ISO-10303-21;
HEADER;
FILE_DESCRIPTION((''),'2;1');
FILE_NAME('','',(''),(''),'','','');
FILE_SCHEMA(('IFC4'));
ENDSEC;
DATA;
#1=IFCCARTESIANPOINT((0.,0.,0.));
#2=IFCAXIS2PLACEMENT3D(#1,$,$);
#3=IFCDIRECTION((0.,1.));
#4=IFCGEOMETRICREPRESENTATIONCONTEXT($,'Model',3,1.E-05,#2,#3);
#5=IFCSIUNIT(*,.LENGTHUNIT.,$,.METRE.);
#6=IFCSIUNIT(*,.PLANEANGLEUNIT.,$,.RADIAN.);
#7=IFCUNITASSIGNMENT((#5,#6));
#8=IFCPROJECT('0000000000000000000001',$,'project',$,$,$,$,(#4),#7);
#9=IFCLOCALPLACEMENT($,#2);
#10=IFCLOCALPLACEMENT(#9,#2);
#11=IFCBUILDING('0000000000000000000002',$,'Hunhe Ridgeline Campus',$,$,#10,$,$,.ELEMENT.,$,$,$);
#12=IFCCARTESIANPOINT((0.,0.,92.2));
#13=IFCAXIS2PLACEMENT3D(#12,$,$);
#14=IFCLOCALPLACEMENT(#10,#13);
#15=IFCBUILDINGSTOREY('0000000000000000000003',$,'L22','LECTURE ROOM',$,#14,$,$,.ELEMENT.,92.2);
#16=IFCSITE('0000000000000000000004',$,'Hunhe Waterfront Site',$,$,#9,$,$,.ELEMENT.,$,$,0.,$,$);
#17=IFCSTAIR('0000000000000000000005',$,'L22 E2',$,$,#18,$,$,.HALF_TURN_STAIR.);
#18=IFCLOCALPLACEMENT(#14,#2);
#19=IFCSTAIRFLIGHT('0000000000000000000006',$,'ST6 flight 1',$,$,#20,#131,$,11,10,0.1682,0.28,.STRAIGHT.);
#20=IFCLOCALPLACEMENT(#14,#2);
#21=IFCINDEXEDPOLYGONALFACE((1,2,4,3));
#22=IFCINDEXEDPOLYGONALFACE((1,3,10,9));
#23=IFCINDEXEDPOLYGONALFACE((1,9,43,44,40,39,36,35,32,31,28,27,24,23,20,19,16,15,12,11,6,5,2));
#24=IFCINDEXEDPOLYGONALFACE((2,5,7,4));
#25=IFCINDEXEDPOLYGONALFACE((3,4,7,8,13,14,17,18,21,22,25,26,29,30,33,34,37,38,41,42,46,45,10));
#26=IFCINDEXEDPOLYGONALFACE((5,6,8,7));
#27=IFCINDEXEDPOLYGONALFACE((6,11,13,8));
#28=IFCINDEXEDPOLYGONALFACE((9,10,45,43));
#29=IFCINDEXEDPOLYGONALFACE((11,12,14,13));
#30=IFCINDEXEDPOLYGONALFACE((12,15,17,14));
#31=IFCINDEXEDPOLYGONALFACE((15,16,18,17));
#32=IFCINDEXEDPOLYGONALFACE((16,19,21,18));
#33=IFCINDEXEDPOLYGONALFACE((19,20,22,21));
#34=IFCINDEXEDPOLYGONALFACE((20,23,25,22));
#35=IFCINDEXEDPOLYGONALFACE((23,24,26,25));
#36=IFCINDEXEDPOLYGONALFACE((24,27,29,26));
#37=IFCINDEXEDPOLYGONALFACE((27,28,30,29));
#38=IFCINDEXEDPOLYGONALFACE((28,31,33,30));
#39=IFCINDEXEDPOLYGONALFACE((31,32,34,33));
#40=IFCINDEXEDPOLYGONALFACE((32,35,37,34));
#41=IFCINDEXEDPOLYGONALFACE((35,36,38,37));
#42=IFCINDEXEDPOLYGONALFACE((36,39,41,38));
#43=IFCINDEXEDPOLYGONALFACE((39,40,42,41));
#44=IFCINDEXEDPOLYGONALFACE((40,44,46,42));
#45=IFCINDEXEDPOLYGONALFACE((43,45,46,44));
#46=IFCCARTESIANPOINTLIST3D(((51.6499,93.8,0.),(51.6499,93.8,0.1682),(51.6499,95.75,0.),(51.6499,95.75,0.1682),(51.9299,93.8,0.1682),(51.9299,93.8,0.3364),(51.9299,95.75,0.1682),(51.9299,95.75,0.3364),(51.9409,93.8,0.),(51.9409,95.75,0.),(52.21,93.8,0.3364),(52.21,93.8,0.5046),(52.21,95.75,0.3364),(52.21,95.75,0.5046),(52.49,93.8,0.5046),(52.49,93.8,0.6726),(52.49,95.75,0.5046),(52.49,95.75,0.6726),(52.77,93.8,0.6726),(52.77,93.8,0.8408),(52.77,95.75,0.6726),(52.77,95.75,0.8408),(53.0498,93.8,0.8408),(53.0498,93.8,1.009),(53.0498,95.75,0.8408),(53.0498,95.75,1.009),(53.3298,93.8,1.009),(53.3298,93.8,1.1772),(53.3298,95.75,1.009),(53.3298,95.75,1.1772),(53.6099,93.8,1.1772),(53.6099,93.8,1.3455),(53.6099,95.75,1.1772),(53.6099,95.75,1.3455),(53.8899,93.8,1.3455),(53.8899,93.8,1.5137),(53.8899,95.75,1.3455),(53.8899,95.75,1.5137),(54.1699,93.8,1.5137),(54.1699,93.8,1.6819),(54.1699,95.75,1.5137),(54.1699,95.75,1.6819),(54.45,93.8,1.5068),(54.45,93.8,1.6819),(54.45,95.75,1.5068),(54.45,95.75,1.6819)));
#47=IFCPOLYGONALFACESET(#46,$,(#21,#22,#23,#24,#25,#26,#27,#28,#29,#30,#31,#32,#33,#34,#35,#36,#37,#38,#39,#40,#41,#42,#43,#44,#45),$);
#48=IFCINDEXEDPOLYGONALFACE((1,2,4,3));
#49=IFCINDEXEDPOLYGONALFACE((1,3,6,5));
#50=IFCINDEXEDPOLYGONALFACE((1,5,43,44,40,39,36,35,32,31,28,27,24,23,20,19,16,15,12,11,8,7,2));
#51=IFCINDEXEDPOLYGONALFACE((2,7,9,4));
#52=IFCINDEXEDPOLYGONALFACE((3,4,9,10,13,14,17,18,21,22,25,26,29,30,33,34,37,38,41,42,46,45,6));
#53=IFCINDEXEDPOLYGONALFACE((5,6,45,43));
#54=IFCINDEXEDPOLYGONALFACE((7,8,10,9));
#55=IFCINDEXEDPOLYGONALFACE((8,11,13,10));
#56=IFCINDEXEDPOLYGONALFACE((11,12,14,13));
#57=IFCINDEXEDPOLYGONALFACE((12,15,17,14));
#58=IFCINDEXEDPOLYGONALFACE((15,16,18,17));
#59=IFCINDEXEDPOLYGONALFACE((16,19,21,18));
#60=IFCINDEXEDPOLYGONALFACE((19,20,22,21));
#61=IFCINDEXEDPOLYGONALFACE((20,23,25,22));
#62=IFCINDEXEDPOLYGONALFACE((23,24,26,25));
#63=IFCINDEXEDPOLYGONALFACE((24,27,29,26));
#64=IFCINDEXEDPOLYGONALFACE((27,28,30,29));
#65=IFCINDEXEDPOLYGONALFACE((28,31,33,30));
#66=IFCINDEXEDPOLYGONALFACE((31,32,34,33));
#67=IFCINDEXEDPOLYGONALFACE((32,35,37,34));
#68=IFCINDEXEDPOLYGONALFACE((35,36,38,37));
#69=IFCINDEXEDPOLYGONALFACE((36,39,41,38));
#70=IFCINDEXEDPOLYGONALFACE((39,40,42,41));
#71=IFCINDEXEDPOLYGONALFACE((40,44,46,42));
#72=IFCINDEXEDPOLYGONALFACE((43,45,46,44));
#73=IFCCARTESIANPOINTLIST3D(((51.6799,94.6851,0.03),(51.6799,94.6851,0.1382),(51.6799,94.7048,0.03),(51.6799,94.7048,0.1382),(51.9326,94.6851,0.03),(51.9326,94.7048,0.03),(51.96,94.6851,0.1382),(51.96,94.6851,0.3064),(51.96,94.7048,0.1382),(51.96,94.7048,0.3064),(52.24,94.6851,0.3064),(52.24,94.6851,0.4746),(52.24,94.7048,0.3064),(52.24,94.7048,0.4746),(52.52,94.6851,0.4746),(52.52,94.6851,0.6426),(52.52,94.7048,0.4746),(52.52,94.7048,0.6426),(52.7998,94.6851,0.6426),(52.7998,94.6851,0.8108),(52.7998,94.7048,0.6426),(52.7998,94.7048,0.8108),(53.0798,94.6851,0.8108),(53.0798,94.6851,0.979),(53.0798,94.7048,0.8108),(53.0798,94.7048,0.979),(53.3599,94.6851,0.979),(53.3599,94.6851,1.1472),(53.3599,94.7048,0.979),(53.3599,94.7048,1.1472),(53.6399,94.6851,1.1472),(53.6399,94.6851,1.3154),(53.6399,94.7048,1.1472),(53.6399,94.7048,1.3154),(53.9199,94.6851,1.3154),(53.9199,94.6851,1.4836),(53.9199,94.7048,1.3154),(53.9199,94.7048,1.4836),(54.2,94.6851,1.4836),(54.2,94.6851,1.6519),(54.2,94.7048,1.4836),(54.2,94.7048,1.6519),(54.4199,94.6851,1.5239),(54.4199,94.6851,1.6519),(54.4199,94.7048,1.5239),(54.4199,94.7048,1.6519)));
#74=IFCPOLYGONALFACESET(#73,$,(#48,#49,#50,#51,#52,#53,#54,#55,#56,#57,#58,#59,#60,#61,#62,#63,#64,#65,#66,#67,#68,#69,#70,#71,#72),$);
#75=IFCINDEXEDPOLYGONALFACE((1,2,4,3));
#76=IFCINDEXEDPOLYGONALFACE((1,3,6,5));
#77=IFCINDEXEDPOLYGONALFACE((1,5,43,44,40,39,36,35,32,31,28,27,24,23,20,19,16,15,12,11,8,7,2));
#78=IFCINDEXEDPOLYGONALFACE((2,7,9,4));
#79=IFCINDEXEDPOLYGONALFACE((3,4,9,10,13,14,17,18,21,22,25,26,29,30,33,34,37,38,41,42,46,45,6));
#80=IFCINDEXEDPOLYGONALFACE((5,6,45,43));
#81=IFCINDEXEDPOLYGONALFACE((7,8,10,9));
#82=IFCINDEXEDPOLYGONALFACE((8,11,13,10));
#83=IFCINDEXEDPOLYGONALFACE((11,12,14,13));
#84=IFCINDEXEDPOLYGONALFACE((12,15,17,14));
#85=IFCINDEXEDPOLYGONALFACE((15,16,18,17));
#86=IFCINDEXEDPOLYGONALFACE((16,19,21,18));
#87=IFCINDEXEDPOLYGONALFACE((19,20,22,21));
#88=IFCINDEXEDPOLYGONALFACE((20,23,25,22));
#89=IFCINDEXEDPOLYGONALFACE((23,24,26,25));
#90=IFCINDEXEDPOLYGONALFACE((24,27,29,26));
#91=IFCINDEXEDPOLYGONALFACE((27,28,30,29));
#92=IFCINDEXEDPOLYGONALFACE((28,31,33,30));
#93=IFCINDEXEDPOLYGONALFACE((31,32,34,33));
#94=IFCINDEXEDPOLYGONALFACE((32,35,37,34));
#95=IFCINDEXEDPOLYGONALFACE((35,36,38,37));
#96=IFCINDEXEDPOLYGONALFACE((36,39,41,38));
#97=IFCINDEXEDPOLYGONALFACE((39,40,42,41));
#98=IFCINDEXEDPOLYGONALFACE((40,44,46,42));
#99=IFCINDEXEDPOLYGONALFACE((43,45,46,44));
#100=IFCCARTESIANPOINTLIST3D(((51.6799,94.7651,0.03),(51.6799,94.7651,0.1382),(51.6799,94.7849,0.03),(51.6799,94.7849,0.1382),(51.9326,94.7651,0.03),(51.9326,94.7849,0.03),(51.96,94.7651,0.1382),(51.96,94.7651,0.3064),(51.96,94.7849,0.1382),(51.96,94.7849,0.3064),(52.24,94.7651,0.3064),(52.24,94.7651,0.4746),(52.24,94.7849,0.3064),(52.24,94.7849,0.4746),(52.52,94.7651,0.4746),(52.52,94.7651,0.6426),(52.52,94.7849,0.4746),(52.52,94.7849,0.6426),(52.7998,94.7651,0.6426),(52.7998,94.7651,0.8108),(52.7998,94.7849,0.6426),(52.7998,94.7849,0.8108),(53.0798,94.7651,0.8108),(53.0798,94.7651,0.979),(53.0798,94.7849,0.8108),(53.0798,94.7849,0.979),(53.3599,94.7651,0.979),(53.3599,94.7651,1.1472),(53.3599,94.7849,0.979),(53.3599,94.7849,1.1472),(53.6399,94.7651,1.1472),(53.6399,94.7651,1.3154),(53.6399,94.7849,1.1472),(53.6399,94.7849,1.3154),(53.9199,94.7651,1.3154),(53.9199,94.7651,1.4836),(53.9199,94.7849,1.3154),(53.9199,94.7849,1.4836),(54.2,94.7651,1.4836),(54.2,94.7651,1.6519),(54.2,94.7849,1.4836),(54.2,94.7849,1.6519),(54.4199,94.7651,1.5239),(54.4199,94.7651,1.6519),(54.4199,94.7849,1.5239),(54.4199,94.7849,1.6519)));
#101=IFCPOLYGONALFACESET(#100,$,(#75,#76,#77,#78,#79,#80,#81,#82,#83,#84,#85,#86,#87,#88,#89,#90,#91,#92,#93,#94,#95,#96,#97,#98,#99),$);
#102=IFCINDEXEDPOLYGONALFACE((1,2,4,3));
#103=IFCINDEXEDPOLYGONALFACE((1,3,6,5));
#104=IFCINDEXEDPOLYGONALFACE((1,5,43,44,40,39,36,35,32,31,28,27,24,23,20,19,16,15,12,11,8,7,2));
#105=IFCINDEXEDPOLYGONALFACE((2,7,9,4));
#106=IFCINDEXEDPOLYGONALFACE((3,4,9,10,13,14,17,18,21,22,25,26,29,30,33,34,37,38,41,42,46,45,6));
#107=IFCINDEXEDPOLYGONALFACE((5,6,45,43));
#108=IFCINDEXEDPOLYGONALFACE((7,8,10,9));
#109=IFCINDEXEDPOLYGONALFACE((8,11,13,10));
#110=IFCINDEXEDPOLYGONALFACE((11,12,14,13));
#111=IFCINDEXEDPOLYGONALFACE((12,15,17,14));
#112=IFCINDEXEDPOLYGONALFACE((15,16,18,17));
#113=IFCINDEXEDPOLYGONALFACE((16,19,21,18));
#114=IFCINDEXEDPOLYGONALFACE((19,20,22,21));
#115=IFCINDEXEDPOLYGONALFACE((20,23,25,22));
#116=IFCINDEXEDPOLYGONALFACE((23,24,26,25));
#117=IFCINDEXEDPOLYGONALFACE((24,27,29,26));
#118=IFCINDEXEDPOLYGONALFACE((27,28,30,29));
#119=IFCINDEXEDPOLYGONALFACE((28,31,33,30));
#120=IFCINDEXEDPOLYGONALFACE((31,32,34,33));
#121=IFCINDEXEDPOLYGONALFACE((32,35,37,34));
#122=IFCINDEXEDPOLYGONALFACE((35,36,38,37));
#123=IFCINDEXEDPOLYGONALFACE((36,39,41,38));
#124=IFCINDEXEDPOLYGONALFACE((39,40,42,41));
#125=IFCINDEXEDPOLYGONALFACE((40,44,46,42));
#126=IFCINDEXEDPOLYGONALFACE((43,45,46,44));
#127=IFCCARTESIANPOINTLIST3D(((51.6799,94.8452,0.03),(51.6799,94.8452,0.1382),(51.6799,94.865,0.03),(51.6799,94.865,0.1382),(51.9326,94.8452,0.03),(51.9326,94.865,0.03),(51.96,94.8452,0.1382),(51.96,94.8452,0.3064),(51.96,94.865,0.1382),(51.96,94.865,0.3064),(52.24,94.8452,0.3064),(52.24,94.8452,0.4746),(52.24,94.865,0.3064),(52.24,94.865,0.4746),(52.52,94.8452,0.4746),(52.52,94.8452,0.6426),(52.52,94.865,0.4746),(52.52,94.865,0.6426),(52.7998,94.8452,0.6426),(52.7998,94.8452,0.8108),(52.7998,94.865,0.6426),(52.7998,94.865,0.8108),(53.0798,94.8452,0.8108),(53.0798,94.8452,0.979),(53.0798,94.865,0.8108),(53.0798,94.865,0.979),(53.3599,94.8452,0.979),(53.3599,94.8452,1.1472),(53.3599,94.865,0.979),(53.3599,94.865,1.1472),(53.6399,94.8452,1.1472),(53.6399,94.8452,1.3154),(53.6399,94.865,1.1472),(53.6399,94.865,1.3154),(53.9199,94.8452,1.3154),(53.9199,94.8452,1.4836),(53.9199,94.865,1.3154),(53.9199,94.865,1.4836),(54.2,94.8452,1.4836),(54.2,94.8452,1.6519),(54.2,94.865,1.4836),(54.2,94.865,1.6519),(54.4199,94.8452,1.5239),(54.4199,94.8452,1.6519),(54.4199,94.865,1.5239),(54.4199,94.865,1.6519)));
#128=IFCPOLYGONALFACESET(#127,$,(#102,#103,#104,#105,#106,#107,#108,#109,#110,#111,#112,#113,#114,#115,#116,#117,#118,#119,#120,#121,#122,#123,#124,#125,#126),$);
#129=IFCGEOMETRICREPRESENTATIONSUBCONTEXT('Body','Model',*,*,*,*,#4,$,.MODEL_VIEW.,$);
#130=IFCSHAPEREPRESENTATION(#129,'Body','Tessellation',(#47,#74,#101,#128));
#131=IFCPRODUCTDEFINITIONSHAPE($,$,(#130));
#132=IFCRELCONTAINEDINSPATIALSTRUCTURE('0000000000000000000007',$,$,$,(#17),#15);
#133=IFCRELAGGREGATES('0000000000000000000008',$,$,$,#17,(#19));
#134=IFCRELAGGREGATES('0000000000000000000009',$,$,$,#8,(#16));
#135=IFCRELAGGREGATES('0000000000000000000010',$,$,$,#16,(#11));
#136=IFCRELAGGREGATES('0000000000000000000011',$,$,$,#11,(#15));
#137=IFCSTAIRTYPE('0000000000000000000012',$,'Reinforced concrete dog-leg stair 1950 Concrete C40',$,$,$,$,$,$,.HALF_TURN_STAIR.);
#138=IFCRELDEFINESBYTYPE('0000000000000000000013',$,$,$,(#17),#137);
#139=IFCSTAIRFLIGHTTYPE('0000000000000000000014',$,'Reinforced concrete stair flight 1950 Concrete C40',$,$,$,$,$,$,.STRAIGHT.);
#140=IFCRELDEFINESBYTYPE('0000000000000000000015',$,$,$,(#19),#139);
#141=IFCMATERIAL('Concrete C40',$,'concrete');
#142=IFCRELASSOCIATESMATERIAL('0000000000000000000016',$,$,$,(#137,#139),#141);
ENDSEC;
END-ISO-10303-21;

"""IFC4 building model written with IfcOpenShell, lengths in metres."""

from ifc_helpers import new_model, si_unit, direction, frame, origin, place, context, subcontext, project, spatial, polyline, outline, extrude, material, type_object, element, aggregate, save


model = new_model("IFC4")

# Units and contexts
model_context = context("Model", 3, precision=1e-05, world=origin(), true_north=direction((0.0, 1.0)))
body_context = subcontext(model_context, "Body", "Model", "MODEL_VIEW")
ifc_project = project(units=[si_unit("LENGTHUNIT", "METRE"), si_unit("PLANEANGLEUNIT", "RADIAN")], contexts=[model_context])

# Site, building, storey
site_placement = place(None, origin())
site = spatial("IfcSite", under=ifc_project, at=site_placement, Name="Hunhe Waterfront Site", CompositionType="ELEMENT", RefElevation=0.0)
building_placement = place(site_placement, origin())
building = spatial("IfcBuilding", under=site, at=building_placement, Name="Hunhe Ridgeline Campus", CompositionType="ELEMENT")
storey_placement = place(building_placement, frame((0.0, 0.0, 92.2)))
storey = spatial("IfcBuildingStorey", under=building, at=storey_placement, Name="L22", Description="LECTURE ROOM", CompositionType="ELEMENT", Elevation=92.2)

# Stair, stair flight
ifc_material_1 = material(Name="Concrete C40", Category="concrete")
stair_type = type_object("IfcStairType", Name="Reinforced concrete dog-leg stair 1950 Concrete C40", PredefinedType="HALF_TURN_STAIR", material=ifc_material_1)
stair_1_placement = place(storey_placement, origin())
stair_1 = element("IfcStair", 1, at=stair_1_placement, inside=storey, type_object=stair_type, Name="L22 E2", PredefinedType="HALF_TURN_STAIR")
stair_flight_type = type_object("IfcStairFlightType", Name="Reinforced concrete stair flight 1950 Concrete C40", PredefinedType="STRAIGHT", material=ifc_material_1)
stair_flight_1_placement = place(storey_placement, frame((51.6499, 94.7749, 0.0), z_axis=(0.0, 0.0, 1.0), x_axis=(1.0, 0.0, 0.0)))
stair_flight_1 = element("IfcStairFlight", 2, at=stair_flight_1_placement, type_object=stair_flight_type, Name="ST6 flight 1", NumberOfRisers=11, NumberOfTreads=10, PredefinedType="STRAIGHT", RiserHeight=0.1682, TreadLength=0.28, context=body_context, shape_type="SweptSolid", body=[
    extrude(outline(polyline([(0.0, 0.0), (0.0, 0.1682), (0.28, 0.1682), (0.28, 0.3364), (0.5601, 0.3364), (0.5601, 0.5046), (0.8401, 0.5046), (0.8401, 0.6726), (1.1201, 0.6726), (1.1201, 0.8408), (1.3999, 0.8408), (1.3999, 1.009), (1.6799, 1.009), (1.6799, 1.1772), (1.96, 1.1772), (1.96, 1.3455), (2.24, 1.3455), (2.24, 1.5137), (2.52, 1.5137), (2.52, 1.6819), (2.8, 1.6819), (2.8, 1.8501), (2.8, 1.5068), (0.291, 0.0), (0.0, 0.0)])), frame((0.0, 0.9751, 0.0), z_axis=(0.0, -1.0, 0.0), x_axis=(1.0, 0.0, 0.0)), (0.0, 0.0, 1.0), 1.95),
    extrude(outline(polyline([(0.03, 0.03), (0.03, 0.1382), (0.3101, 0.1382), (0.3101, 0.3064), (0.5901, 0.3064), (0.5901, 0.4746), (0.8701, 0.4746), (0.8701, 0.6426), (1.1499, 0.6426), (1.1499, 0.8108), (1.4299, 0.8108), (1.4299, 0.979), (1.71, 0.979), (1.71, 1.1472), (1.99, 1.1472), (1.99, 1.3154), (2.27, 1.3154), (2.27, 1.4836), (2.55, 1.4836), (2.55, 1.6519), (2.77, 1.6519), (2.77, 1.5239), (0.2827, 0.03), (0.03, 0.03)])), frame((0.0, -0.0701, 0.0), z_axis=(0.0, -1.0, 0.0), x_axis=(1.0, 0.0, 0.0)), (0.0, 0.0, 1.0), 0.0198),
    extrude(outline(polyline([(0.03, 0.03), (0.03, 0.1382), (0.3101, 0.1382), (0.3101, 0.3064), (0.5901, 0.3064), (0.5901, 0.4746), (0.8701, 0.4746), (0.8701, 0.6426), (1.1499, 0.6426), (1.1499, 0.8108), (1.4299, 0.8108), (1.4299, 0.979), (1.71, 0.979), (1.71, 1.1472), (1.99, 1.1472), (1.99, 1.3154), (2.27, 1.3154), (2.27, 1.4836), (2.55, 1.4836), (2.55, 1.6519), (2.77, 1.6519), (2.77, 1.5239), (0.2827, 0.03), (0.03, 0.03)])), frame((0.0, 0.01, 0.0), z_axis=(0.0, -1.0, 0.0), x_axis=(1.0, 0.0, 0.0)), (0.0, 0.0, 1.0), 0.0198),
    extrude(outline(polyline([(0.03, 0.03), (0.03, 0.1382), (0.3101, 0.1382), (0.3101, 0.3064), (0.5901, 0.3064), (0.5901, 0.4746), (0.8701, 0.4746), (0.8701, 0.6426), (1.1499, 0.6426), (1.1499, 0.8108), (1.4299, 0.8108), (1.4299, 0.979), (1.71, 0.979), (1.71, 1.1472), (1.99, 1.1472), (1.99, 1.3154), (2.27, 1.3154), (2.27, 1.4836), (2.55, 1.4836), (2.55, 1.6519), (2.77, 1.6519), (2.77, 1.5239), (0.2827, 0.03), (0.03, 0.03)])), frame((0.0, 0.0901, 0.0), z_axis=(0.0, -1.0, 0.0), x_axis=(1.0, 0.0, 0.0)), (0.0, 0.0, 1.0), 0.0198),
])
aggregate(stair_1, [stair_flight_1])

save(model, "model.ifc")
